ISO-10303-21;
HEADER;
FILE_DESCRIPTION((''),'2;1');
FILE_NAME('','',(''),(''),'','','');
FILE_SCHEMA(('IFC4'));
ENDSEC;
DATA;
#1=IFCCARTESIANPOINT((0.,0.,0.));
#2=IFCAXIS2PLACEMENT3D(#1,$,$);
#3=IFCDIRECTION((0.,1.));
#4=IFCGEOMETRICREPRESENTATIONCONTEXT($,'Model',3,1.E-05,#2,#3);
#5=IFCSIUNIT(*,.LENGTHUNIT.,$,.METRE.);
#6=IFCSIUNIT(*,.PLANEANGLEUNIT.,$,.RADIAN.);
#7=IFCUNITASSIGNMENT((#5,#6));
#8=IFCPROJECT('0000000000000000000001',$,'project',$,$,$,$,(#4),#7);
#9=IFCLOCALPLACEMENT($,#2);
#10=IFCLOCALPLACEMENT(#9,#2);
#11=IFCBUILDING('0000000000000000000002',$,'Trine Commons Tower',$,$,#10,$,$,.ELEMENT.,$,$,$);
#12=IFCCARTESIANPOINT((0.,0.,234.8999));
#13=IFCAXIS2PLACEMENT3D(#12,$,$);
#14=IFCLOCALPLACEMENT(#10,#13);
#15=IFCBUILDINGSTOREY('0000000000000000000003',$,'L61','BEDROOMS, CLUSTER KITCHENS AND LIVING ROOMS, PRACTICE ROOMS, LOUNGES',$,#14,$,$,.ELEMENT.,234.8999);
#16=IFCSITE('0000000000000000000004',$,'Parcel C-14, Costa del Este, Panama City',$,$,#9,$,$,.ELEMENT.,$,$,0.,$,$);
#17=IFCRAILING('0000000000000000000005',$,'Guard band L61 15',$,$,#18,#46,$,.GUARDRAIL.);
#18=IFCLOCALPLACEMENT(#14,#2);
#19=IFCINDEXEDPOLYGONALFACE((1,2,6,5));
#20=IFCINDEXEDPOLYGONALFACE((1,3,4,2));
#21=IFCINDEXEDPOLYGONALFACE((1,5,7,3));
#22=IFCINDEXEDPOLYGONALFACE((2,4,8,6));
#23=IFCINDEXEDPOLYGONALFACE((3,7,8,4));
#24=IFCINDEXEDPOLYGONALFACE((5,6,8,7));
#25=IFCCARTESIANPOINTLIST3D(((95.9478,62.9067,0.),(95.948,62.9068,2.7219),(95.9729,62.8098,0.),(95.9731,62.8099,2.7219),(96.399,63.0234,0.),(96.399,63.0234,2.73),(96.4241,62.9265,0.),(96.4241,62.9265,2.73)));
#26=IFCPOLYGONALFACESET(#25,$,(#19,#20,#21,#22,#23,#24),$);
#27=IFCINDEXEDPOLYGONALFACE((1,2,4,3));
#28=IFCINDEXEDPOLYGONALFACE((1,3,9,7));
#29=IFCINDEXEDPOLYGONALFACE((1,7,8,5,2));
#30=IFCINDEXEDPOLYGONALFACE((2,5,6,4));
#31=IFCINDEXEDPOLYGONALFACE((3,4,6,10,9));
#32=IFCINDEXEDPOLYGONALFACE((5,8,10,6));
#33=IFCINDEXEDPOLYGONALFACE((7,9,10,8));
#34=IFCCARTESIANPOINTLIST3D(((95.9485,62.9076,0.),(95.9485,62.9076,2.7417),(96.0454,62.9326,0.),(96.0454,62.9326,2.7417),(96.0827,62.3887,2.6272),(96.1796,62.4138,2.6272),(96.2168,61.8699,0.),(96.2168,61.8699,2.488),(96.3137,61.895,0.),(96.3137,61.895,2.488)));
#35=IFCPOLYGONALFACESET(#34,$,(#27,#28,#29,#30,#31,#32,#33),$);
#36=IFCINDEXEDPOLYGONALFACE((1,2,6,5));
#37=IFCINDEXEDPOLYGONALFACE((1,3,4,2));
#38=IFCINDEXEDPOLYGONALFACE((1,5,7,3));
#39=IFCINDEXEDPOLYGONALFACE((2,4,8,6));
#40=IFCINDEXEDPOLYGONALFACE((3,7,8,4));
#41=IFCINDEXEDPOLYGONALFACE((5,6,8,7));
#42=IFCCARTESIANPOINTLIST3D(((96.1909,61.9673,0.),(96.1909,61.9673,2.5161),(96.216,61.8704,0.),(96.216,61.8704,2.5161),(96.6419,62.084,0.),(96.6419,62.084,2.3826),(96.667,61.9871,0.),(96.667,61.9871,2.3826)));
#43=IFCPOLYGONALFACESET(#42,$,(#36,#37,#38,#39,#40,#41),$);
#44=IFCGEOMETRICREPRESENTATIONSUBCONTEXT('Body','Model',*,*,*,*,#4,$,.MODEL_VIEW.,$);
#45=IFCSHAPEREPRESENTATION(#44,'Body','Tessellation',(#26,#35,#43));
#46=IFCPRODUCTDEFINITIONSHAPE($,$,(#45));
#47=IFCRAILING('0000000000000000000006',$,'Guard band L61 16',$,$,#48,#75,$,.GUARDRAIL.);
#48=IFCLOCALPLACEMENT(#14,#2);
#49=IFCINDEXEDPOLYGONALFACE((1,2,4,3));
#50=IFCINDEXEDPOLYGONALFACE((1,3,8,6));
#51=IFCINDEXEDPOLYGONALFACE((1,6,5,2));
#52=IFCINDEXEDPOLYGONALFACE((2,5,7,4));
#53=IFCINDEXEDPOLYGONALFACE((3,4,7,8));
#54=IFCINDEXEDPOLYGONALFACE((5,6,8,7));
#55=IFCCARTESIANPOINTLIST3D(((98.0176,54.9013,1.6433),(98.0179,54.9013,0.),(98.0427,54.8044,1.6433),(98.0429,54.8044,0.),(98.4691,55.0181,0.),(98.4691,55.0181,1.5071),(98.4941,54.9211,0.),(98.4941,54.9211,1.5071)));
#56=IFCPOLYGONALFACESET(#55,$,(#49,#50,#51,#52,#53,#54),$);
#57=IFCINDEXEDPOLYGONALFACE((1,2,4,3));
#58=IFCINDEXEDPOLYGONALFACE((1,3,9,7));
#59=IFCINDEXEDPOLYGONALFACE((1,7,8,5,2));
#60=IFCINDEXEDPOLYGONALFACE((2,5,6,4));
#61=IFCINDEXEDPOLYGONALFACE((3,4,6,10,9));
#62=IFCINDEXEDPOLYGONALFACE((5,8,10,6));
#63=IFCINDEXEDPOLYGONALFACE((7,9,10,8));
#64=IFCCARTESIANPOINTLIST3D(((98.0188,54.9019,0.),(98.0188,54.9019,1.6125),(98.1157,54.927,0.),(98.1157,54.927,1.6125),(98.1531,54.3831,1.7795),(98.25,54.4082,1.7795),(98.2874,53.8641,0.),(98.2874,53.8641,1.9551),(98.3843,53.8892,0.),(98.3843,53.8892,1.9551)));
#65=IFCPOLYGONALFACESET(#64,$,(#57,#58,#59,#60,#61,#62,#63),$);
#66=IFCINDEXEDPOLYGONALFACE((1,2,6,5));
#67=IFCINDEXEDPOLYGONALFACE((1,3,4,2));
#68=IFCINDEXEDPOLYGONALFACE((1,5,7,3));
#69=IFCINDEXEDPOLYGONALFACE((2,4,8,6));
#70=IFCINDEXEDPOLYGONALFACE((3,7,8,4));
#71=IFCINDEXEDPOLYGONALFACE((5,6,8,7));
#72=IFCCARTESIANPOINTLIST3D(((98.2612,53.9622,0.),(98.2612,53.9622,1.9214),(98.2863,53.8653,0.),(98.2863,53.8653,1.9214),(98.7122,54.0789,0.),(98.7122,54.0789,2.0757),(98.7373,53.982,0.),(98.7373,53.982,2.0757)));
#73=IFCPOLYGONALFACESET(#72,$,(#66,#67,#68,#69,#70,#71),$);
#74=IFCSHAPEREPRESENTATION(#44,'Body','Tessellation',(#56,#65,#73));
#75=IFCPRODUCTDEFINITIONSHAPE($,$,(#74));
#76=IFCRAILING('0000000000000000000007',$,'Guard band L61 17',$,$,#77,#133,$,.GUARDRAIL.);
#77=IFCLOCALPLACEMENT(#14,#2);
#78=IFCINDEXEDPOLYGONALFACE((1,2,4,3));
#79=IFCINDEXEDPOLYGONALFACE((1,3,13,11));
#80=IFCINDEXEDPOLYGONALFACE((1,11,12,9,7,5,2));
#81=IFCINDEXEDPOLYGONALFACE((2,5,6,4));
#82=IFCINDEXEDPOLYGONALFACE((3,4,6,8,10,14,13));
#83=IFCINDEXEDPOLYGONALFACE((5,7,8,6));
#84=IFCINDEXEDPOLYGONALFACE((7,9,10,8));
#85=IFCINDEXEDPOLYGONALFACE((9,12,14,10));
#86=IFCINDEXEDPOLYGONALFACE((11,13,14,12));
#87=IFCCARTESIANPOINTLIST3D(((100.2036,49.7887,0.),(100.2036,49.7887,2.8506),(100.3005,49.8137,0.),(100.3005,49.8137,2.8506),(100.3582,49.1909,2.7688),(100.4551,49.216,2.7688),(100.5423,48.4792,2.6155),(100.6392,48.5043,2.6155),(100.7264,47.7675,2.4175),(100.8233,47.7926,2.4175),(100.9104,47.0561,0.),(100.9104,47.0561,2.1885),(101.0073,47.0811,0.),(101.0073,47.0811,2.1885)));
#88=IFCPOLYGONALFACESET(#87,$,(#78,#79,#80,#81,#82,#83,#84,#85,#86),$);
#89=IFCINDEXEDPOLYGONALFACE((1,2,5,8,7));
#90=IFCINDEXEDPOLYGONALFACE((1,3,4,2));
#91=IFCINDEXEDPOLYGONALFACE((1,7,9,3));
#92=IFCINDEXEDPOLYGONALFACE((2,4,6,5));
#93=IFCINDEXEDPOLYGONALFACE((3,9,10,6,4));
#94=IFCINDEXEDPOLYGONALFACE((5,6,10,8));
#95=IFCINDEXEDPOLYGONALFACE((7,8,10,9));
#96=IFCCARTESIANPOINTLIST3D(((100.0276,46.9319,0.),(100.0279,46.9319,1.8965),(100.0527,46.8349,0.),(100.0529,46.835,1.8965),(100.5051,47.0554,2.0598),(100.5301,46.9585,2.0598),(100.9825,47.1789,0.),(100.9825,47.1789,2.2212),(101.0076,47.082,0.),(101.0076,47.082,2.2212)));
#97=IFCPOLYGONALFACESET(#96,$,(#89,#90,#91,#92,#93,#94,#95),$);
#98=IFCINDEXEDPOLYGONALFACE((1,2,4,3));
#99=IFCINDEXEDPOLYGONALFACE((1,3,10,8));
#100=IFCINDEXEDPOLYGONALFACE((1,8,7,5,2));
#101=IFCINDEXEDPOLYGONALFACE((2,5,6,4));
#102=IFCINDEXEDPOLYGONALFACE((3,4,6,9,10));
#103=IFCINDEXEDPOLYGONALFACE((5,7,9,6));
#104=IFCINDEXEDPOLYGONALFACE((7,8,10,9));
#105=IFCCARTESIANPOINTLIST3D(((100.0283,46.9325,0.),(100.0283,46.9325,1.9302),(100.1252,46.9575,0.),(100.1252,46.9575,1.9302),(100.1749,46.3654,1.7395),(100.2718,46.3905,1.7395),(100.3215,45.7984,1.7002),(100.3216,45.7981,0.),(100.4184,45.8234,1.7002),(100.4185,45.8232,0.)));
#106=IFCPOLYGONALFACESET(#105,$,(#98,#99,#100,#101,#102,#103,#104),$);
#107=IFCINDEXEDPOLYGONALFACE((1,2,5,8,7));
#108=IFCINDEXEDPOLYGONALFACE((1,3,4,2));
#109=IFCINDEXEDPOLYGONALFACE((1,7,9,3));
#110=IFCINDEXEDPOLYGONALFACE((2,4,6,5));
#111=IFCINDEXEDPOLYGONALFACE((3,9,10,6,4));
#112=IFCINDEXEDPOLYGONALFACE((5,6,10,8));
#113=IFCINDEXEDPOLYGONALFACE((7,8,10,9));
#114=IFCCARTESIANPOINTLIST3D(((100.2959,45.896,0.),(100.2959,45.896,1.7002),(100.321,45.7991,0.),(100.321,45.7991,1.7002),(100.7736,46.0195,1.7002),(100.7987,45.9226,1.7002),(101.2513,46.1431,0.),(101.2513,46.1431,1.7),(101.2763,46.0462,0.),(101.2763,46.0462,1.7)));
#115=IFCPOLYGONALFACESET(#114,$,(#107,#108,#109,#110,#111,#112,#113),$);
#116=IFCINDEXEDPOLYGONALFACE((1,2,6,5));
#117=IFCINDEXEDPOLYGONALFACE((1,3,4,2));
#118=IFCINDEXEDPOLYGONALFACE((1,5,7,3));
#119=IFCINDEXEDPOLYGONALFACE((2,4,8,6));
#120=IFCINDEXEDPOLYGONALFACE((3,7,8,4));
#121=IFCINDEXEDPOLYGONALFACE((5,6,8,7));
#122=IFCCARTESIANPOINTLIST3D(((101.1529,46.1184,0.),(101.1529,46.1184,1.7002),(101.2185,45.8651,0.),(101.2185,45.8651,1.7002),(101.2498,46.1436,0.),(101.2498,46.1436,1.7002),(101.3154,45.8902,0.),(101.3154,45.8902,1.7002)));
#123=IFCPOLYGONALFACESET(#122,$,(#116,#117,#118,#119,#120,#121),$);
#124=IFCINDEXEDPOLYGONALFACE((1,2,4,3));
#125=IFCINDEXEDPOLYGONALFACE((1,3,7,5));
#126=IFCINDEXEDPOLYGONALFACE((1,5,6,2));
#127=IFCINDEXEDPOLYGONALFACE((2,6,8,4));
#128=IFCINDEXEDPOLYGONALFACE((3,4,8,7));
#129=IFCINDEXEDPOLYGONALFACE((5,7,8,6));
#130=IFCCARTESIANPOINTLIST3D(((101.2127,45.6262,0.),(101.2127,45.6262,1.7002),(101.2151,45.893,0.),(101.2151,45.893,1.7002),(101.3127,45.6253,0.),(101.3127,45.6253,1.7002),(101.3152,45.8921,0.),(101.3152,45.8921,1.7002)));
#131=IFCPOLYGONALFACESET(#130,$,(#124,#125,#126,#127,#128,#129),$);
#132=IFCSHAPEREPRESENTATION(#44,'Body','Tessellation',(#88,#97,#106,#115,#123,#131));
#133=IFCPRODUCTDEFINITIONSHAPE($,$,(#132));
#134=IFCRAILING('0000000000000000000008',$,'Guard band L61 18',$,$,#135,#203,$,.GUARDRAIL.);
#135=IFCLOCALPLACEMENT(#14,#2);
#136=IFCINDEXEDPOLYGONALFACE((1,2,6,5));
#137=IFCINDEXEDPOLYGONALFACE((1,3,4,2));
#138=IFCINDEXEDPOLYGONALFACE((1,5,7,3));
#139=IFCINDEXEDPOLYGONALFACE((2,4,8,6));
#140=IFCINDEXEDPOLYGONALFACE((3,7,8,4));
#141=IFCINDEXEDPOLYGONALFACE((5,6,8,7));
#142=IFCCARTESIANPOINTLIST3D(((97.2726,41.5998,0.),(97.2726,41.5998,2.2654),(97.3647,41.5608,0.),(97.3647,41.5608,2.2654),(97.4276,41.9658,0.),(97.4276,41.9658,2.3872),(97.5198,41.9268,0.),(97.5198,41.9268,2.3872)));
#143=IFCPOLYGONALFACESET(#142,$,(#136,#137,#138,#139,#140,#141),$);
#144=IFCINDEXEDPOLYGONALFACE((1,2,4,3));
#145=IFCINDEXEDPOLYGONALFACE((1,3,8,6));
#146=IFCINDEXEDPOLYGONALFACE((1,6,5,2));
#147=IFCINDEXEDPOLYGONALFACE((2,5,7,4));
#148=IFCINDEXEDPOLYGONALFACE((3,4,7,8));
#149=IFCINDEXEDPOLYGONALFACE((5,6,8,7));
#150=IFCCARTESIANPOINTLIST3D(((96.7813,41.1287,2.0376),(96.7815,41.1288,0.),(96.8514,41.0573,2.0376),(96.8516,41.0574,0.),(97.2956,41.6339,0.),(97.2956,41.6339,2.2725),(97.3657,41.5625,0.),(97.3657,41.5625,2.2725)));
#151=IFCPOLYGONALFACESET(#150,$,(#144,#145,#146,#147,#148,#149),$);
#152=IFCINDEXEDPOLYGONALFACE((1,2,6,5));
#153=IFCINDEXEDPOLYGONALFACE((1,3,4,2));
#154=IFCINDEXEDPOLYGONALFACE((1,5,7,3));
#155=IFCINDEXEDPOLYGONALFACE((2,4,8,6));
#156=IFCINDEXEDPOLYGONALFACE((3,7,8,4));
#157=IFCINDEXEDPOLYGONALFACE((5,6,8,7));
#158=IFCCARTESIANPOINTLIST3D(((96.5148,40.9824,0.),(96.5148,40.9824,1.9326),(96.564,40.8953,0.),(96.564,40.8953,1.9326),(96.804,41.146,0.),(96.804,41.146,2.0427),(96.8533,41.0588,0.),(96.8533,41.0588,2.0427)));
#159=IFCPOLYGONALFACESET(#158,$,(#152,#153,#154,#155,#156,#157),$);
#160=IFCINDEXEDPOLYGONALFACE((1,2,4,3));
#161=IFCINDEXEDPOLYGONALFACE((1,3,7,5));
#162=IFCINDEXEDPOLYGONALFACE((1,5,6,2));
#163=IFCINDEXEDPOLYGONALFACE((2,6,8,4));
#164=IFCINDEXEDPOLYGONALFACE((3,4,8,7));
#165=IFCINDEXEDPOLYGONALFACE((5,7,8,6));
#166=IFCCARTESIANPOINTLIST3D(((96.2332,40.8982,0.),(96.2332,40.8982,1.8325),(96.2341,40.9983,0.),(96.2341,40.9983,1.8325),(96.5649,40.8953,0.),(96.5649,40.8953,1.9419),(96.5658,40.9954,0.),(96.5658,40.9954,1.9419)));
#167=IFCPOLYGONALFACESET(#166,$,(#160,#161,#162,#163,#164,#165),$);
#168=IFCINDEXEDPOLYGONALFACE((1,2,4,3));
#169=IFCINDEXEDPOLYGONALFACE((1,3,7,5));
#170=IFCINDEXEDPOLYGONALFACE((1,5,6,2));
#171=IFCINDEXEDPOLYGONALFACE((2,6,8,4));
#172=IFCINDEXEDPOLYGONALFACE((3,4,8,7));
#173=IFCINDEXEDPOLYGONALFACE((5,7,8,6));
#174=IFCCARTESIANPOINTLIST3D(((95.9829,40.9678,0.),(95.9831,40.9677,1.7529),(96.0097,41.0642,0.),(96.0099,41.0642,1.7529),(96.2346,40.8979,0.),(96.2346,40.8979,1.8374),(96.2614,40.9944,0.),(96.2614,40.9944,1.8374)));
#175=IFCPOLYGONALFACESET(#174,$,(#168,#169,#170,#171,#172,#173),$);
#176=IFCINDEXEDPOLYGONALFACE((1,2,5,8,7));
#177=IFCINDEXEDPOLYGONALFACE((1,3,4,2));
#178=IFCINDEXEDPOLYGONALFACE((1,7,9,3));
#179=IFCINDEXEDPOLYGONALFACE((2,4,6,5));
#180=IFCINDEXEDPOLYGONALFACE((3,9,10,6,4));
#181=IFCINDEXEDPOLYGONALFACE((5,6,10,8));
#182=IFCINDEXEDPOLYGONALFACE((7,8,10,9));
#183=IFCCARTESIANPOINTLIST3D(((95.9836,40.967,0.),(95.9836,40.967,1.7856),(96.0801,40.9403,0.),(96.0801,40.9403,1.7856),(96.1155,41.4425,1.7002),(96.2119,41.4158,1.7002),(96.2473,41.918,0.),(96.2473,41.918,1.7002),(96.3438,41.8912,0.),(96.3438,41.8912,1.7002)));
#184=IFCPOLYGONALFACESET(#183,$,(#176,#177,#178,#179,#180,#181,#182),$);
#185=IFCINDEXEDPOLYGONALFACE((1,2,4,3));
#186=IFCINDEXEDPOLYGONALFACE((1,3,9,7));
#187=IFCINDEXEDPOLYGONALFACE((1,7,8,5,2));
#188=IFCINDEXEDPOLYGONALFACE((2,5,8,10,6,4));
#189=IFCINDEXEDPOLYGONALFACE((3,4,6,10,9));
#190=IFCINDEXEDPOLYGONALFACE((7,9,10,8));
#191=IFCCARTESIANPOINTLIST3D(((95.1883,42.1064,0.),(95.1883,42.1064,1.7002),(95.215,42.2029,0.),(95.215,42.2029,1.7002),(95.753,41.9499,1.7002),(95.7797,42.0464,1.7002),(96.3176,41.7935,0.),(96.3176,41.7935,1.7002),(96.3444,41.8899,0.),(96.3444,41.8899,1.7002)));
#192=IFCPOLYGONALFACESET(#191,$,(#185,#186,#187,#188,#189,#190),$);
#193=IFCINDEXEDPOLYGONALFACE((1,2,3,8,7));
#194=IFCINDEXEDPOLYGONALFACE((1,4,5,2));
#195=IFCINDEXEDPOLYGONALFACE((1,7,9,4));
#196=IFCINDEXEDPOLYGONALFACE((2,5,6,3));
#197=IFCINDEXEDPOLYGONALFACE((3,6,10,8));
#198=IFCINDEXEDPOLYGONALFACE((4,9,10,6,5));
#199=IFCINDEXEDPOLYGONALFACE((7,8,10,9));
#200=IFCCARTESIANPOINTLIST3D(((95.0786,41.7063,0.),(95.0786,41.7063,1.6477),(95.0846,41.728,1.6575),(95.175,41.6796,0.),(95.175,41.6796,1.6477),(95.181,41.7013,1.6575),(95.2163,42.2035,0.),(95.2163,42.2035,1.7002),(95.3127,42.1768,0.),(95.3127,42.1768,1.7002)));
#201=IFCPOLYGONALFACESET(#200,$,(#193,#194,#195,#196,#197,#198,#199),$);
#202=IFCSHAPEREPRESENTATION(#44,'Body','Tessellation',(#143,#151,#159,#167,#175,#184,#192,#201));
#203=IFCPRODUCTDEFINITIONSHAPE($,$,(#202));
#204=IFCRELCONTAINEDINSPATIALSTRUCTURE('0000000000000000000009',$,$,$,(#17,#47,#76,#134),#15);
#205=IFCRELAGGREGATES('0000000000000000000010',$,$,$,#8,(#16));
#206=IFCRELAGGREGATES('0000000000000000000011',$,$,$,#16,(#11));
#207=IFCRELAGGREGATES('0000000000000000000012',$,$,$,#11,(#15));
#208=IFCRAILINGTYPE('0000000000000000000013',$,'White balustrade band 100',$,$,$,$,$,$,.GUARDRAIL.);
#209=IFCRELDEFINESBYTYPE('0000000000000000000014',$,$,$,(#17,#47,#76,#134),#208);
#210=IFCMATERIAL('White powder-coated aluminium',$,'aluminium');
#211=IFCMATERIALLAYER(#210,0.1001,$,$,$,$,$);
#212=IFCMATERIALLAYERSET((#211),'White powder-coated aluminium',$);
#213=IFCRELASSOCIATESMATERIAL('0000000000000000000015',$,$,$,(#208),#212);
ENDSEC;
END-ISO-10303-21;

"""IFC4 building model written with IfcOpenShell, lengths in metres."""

from ifc_helpers import new_model, si_unit, direction, frame, origin, place, context, subcontext, project, spatial, polyline, outline, extrude, material, layer, layer_set, type_object, element, save


model = new_model("IFC4")

# Units and contexts
model_context = context("Model", 3, precision=1e-05, world=origin(), true_north=direction((0.0, 1.0)))
body_context = subcontext(model_context, "Body", "Model", "MODEL_VIEW")
ifc_project = project(units=[si_unit("LENGTHUNIT", "METRE"), si_unit("PLANEANGLEUNIT", "RADIAN")], contexts=[model_context])

# Site, building, storey
site_placement = place(None, origin())
site = spatial("IfcSite", under=ifc_project, at=site_placement, Name="Parcel C-14, Costa del Este, Panama City", CompositionType="ELEMENT", RefElevation=0.0)
building_placement = place(site_placement, origin())
building = spatial("IfcBuilding", under=site, at=building_placement, Name="Trine Commons Tower", CompositionType="ELEMENT")
storey_placement = place(building_placement, frame((0.0, 0.0, 234.8999)))
storey = spatial("IfcBuildingStorey", under=building, at=storey_placement, Name="L61", Description="BEDROOMS, CLUSTER KITCHENS AND LIVING ROOMS, PRACTICE ROOMS, LOUNGES", CompositionType="ELEMENT", Elevation=234.8999)

# Railings
ifc_material_1 = material(Name="White powder-coated aluminium", Category="aluminium")
ifc_layer_1 = layer(ifc_material_1, 0.1001)
ifc_layer_set_1 = layer_set([ifc_layer_1], Name="White powder-coated aluminium")
railing_type = type_object("IfcRailingType", Name="White balustrade band 100", PredefinedType="GUARDRAIL", material=ifc_layer_set_1)
railing_1_placement = place(storey_placement, origin())
element("IfcRailing", 1, at=railing_1_placement, inside=storey, type_object=railing_type, Name="Guard band L61 15", PredefinedType="GUARDRAIL", context=body_context, shape_type="SweptSolid", body=[
    extrude(outline(polyline([(0.0, 0.0), (0.4661, 0.0), (0.4658, 2.7219), (0.0, 2.73), (0.0, 0.0)])), frame((96.4241, 62.9265, 0.0), z_axis=(-0.250417, 0.968138, 0.0), x_axis=(-0.968138, -0.250417, 0.0)), (0.0, 0.0, 1.0), 0.1001),
    extrude(outline(polyline([(0.0, 0.0), (1.0718, 0.0), (1.0718, 2.488), (0.5359, 2.6272), (0.0, 2.7417), (0.0, 0.0)])), frame((96.0454, 62.9326, 0.0), z_axis=(-0.968155, -0.250353, 0.0), x_axis=(0.250353, -0.968155, 0.0)), (0.0, 0.0, 1.0), 0.1001),
    extrude(outline(polyline([(0.0, 0.0), (0.4658, 0.0), (0.4658, 2.3826), (0.0, 2.5161), (0.0, 0.0)])), frame((96.1909, 61.9673, 0.0), z_axis=(0.250544, -0.968105, 0.0), x_axis=(0.968105, 0.250544, 0.0)), (0.0, 0.0, 1.0), 0.1001),
])
railing_2_placement = place(storey_placement, origin())
element("IfcRailing", 2, at=railing_2_placement, inside=storey, type_object=railing_type, Name="Guard band L61 16", PredefinedType="GUARDRAIL", context=body_context, shape_type="SweptSolid", body=[
    extrude(outline(polyline([(0.0, 0.0), (0.4661, 0.0), (0.4663, 1.6433), (0.0, 1.5071), (0.0, 0.0)])), frame((98.4941, 54.9211, 0.0), z_axis=(-0.250417, 0.968138, 0.0), x_axis=(-0.968138, -0.250417, 0.0)), (0.0, 0.0, 1.0), 0.1001),
    extrude(outline(polyline([(0.0, 0.0), (1.072, 0.0), (1.072, 1.9551), (0.5359, 1.7795), (0.0, 1.6125), (0.0, 0.0)])), frame((98.1157, 54.927, 0.0), z_axis=(-0.968114, -0.250512, 0.0), x_axis=(0.250512, -0.968114, 0.0)), (0.0, 0.0, 1.0), 0.1001),
    extrude(outline(polyline([(0.0, 0.0), (0.4658, 0.0), (0.4658, 2.0757), (0.0, 1.9214), (0.0, 0.0)])), frame((98.2612, 53.9622, 0.0), z_axis=(0.250544, -0.968105, 0.0), x_axis=(0.968105, 0.250544, 0.0)), (0.0, 0.0, 1.0), 0.1001),
])
railing_3_placement = place(storey_placement, origin())
element("IfcRailing", 3, at=railing_3_placement, inside=storey, type_object=railing_type, Name="Guard band L61 17", PredefinedType="GUARDRAIL", context=body_context, shape_type="SweptSolid", body=[
    extrude(outline(polyline([(0.0, 0.0), (2.8225, 0.0), (2.8225, 2.1885), (2.8225, 2.1885), (2.0876, 2.4175), (1.3525, 2.6155), (0.6174, 2.7688), (0.0, 2.8506), (0.0, 0.0)])), frame((100.3005, 49.8137, 0.0), z_axis=(-0.968141, -0.250404, 0.0), x_axis=(0.250404, -0.968141, 0.0)), (0.0, 0.0, 1.0), 0.1001),
    extrude(outline(polyline([(0.0, 0.0), (0.9863, 0.0), (0.9861, 1.8965), (0.4932, 2.0598), (0.0, 2.2212), (0.0, 0.0)])), frame((101.0076, 47.082, 0.0), z_axis=(-0.250507, 0.968115, 0.0), x_axis=(-0.968115, -0.250507, 0.0)), (0.0, 0.0, 1.0), 0.1001),
    extrude(outline(polyline([(0.0, 0.0), (1.1716, 0.0), (1.1714, 1.7002), (0.5857, 1.7395), (0.0, 1.9302), (0.0, 0.0)])), frame((100.1252, 46.9575, 0.0), z_axis=(-0.968175, -0.250275, 0.0), x_axis=(0.250275, -0.968175, 0.0)), (0.0, 0.0, 1.0), 0.1001),
    extrude(outline(polyline([(0.0, 0.0), (0.9868, 0.0), (0.9868, 1.7), (0.4934, 1.7002), (0.0, 1.7002), (0.0, 0.0)])), frame((100.2959, 45.896, 0.0), z_axis=(0.250387, -0.968146, 0.0), x_axis=(0.968146, 0.250387, 0.0)), (0.0, 0.0, 1.0), 0.1001),
    extrude(outline(polyline([(0.0, 0.0), (0.2617, 0.0), (0.2617, 1.7002), (0.0, 1.7002), (0.0, 0.0)])), frame((101.2498, 46.1436, 0.0), z_axis=(-0.968022, -0.250865, 0.0), x_axis=(0.250865, -0.968022, 0.0)), (0.0, 0.0, 1.0), 0.1001),
    extrude(outline(polyline([(0.0, 0.0), (0.2668, 0.0), (0.2668, 1.7002), (0.0, 1.7002), (0.0, 0.0)])), frame((101.3152, 45.8921, 0.0), z_axis=(-0.999958, 0.009149, 0.0), x_axis=(-0.009149, -0.999958, 0.0)), (0.0, 0.0, 1.0), 0.1001),
])
railing_4_placement = place(storey_placement, origin())
element("IfcRailing", 4, at=railing_4_placement, inside=storey, type_object=railing_type, Name="Guard band L61 18", PredefinedType="GUARDRAIL", context=body_context, shape_type="SweptSolid", body=[
    extrude(outline(polyline([(0.0, 0.0), (0.3975, 0.0), (0.3975, 2.2654), (0.0, 2.3872), (0.0, 0.0)])), frame((97.5198, 41.9268, 0.0), z_axis=(-0.920789, 0.390061, 0.0), x_axis=(-0.390061, -0.920789, 0.0)), (0.0, 0.0, 1.0), 0.1001),
    extrude(outline(polyline([(0.0, 0.0), (0.7207, 0.0), (0.7209, 2.0376), (0.0, 2.2725), (0.0, 0.0)])), frame((97.3657, 41.5625, 0.0), z_axis=(-0.700813, 0.713345, 0.0), x_axis=(-0.713345, -0.700813, 0.0)), (0.0, 0.0, 1.0), 0.1001),
    extrude(outline(polyline([(0.0, 0.0), (0.3323, 0.0), (0.3323, 1.9326), (0.0, 2.0427), (0.0, 0.0)])), frame((96.8533, 41.0588, 0.0), z_axis=(-0.492178, 0.870494, 0.0), x_axis=(-0.870494, -0.492178, 0.0)), (0.0, 0.0, 1.0), 0.1001),
    extrude(outline(polyline([(0.0, 0.0), (0.3318, 0.0), (0.3318, 1.8325), (0.0, 1.9419), (0.0, 0.0)])), frame((96.5649, 40.8953, 0.0), z_axis=(0.00883, 0.999961, 0.0), x_axis=(-0.999961, 0.00883, 0.0)), (0.0, 0.0, 1.0), 0.1001),
    extrude(outline(polyline([(0.0, 0.0), (0.2612, 0.0), (0.261, 1.7529), (0.0, 1.8374), (0.0, 0.0)])), frame((96.2346, 40.8979, 0.0), z_axis=(0.267306, 0.963612, 0.0), x_axis=(-0.963612, 0.267306, 0.0)), (0.0, 0.0, 1.0), 0.1001),
    extrude(outline(polyline([(0.0, 0.0), (0.9868, 0.0), (0.9868, 1.7002), (0.4934, 1.7002), (0.0, 1.7856), (0.0, 0.0)])), frame((95.9836, 40.967, 0.0), z_axis=(0.963642, -0.267197, 0.0), x_axis=(0.267197, 0.963642, 0.0)), (0.0, 0.0, 1.0), 0.1001),
    extrude(outline(polyline([(0.0, 0.0), (1.1719, 0.0), (1.1719, 1.7002), (0.5859, 1.7002), (0.0, 1.7002), (0.0, 0.0)])), frame((96.3176, 41.7935, 0.0), z_axis=(0.267064, 0.963679, 0.0), x_axis=(-0.963679, 0.267064, 0.0)), (0.0, 0.0, 1.0), 0.1001),
    extrude(outline(polyline([(0.0, 0.0), (0.5159, 0.0), (0.5159, 1.6477), (0.4934, 1.6575), (0.0, 1.7002), (0.0, 0.0)])), frame((95.3127, 42.1768, 0.0), z_axis=(-0.963708, 0.26696, 0.0), x_axis=(-0.26696, -0.963708, 0.0)), (0.0, 0.0, 1.0), 0.1001),
])

save(model, "model.ifc")
